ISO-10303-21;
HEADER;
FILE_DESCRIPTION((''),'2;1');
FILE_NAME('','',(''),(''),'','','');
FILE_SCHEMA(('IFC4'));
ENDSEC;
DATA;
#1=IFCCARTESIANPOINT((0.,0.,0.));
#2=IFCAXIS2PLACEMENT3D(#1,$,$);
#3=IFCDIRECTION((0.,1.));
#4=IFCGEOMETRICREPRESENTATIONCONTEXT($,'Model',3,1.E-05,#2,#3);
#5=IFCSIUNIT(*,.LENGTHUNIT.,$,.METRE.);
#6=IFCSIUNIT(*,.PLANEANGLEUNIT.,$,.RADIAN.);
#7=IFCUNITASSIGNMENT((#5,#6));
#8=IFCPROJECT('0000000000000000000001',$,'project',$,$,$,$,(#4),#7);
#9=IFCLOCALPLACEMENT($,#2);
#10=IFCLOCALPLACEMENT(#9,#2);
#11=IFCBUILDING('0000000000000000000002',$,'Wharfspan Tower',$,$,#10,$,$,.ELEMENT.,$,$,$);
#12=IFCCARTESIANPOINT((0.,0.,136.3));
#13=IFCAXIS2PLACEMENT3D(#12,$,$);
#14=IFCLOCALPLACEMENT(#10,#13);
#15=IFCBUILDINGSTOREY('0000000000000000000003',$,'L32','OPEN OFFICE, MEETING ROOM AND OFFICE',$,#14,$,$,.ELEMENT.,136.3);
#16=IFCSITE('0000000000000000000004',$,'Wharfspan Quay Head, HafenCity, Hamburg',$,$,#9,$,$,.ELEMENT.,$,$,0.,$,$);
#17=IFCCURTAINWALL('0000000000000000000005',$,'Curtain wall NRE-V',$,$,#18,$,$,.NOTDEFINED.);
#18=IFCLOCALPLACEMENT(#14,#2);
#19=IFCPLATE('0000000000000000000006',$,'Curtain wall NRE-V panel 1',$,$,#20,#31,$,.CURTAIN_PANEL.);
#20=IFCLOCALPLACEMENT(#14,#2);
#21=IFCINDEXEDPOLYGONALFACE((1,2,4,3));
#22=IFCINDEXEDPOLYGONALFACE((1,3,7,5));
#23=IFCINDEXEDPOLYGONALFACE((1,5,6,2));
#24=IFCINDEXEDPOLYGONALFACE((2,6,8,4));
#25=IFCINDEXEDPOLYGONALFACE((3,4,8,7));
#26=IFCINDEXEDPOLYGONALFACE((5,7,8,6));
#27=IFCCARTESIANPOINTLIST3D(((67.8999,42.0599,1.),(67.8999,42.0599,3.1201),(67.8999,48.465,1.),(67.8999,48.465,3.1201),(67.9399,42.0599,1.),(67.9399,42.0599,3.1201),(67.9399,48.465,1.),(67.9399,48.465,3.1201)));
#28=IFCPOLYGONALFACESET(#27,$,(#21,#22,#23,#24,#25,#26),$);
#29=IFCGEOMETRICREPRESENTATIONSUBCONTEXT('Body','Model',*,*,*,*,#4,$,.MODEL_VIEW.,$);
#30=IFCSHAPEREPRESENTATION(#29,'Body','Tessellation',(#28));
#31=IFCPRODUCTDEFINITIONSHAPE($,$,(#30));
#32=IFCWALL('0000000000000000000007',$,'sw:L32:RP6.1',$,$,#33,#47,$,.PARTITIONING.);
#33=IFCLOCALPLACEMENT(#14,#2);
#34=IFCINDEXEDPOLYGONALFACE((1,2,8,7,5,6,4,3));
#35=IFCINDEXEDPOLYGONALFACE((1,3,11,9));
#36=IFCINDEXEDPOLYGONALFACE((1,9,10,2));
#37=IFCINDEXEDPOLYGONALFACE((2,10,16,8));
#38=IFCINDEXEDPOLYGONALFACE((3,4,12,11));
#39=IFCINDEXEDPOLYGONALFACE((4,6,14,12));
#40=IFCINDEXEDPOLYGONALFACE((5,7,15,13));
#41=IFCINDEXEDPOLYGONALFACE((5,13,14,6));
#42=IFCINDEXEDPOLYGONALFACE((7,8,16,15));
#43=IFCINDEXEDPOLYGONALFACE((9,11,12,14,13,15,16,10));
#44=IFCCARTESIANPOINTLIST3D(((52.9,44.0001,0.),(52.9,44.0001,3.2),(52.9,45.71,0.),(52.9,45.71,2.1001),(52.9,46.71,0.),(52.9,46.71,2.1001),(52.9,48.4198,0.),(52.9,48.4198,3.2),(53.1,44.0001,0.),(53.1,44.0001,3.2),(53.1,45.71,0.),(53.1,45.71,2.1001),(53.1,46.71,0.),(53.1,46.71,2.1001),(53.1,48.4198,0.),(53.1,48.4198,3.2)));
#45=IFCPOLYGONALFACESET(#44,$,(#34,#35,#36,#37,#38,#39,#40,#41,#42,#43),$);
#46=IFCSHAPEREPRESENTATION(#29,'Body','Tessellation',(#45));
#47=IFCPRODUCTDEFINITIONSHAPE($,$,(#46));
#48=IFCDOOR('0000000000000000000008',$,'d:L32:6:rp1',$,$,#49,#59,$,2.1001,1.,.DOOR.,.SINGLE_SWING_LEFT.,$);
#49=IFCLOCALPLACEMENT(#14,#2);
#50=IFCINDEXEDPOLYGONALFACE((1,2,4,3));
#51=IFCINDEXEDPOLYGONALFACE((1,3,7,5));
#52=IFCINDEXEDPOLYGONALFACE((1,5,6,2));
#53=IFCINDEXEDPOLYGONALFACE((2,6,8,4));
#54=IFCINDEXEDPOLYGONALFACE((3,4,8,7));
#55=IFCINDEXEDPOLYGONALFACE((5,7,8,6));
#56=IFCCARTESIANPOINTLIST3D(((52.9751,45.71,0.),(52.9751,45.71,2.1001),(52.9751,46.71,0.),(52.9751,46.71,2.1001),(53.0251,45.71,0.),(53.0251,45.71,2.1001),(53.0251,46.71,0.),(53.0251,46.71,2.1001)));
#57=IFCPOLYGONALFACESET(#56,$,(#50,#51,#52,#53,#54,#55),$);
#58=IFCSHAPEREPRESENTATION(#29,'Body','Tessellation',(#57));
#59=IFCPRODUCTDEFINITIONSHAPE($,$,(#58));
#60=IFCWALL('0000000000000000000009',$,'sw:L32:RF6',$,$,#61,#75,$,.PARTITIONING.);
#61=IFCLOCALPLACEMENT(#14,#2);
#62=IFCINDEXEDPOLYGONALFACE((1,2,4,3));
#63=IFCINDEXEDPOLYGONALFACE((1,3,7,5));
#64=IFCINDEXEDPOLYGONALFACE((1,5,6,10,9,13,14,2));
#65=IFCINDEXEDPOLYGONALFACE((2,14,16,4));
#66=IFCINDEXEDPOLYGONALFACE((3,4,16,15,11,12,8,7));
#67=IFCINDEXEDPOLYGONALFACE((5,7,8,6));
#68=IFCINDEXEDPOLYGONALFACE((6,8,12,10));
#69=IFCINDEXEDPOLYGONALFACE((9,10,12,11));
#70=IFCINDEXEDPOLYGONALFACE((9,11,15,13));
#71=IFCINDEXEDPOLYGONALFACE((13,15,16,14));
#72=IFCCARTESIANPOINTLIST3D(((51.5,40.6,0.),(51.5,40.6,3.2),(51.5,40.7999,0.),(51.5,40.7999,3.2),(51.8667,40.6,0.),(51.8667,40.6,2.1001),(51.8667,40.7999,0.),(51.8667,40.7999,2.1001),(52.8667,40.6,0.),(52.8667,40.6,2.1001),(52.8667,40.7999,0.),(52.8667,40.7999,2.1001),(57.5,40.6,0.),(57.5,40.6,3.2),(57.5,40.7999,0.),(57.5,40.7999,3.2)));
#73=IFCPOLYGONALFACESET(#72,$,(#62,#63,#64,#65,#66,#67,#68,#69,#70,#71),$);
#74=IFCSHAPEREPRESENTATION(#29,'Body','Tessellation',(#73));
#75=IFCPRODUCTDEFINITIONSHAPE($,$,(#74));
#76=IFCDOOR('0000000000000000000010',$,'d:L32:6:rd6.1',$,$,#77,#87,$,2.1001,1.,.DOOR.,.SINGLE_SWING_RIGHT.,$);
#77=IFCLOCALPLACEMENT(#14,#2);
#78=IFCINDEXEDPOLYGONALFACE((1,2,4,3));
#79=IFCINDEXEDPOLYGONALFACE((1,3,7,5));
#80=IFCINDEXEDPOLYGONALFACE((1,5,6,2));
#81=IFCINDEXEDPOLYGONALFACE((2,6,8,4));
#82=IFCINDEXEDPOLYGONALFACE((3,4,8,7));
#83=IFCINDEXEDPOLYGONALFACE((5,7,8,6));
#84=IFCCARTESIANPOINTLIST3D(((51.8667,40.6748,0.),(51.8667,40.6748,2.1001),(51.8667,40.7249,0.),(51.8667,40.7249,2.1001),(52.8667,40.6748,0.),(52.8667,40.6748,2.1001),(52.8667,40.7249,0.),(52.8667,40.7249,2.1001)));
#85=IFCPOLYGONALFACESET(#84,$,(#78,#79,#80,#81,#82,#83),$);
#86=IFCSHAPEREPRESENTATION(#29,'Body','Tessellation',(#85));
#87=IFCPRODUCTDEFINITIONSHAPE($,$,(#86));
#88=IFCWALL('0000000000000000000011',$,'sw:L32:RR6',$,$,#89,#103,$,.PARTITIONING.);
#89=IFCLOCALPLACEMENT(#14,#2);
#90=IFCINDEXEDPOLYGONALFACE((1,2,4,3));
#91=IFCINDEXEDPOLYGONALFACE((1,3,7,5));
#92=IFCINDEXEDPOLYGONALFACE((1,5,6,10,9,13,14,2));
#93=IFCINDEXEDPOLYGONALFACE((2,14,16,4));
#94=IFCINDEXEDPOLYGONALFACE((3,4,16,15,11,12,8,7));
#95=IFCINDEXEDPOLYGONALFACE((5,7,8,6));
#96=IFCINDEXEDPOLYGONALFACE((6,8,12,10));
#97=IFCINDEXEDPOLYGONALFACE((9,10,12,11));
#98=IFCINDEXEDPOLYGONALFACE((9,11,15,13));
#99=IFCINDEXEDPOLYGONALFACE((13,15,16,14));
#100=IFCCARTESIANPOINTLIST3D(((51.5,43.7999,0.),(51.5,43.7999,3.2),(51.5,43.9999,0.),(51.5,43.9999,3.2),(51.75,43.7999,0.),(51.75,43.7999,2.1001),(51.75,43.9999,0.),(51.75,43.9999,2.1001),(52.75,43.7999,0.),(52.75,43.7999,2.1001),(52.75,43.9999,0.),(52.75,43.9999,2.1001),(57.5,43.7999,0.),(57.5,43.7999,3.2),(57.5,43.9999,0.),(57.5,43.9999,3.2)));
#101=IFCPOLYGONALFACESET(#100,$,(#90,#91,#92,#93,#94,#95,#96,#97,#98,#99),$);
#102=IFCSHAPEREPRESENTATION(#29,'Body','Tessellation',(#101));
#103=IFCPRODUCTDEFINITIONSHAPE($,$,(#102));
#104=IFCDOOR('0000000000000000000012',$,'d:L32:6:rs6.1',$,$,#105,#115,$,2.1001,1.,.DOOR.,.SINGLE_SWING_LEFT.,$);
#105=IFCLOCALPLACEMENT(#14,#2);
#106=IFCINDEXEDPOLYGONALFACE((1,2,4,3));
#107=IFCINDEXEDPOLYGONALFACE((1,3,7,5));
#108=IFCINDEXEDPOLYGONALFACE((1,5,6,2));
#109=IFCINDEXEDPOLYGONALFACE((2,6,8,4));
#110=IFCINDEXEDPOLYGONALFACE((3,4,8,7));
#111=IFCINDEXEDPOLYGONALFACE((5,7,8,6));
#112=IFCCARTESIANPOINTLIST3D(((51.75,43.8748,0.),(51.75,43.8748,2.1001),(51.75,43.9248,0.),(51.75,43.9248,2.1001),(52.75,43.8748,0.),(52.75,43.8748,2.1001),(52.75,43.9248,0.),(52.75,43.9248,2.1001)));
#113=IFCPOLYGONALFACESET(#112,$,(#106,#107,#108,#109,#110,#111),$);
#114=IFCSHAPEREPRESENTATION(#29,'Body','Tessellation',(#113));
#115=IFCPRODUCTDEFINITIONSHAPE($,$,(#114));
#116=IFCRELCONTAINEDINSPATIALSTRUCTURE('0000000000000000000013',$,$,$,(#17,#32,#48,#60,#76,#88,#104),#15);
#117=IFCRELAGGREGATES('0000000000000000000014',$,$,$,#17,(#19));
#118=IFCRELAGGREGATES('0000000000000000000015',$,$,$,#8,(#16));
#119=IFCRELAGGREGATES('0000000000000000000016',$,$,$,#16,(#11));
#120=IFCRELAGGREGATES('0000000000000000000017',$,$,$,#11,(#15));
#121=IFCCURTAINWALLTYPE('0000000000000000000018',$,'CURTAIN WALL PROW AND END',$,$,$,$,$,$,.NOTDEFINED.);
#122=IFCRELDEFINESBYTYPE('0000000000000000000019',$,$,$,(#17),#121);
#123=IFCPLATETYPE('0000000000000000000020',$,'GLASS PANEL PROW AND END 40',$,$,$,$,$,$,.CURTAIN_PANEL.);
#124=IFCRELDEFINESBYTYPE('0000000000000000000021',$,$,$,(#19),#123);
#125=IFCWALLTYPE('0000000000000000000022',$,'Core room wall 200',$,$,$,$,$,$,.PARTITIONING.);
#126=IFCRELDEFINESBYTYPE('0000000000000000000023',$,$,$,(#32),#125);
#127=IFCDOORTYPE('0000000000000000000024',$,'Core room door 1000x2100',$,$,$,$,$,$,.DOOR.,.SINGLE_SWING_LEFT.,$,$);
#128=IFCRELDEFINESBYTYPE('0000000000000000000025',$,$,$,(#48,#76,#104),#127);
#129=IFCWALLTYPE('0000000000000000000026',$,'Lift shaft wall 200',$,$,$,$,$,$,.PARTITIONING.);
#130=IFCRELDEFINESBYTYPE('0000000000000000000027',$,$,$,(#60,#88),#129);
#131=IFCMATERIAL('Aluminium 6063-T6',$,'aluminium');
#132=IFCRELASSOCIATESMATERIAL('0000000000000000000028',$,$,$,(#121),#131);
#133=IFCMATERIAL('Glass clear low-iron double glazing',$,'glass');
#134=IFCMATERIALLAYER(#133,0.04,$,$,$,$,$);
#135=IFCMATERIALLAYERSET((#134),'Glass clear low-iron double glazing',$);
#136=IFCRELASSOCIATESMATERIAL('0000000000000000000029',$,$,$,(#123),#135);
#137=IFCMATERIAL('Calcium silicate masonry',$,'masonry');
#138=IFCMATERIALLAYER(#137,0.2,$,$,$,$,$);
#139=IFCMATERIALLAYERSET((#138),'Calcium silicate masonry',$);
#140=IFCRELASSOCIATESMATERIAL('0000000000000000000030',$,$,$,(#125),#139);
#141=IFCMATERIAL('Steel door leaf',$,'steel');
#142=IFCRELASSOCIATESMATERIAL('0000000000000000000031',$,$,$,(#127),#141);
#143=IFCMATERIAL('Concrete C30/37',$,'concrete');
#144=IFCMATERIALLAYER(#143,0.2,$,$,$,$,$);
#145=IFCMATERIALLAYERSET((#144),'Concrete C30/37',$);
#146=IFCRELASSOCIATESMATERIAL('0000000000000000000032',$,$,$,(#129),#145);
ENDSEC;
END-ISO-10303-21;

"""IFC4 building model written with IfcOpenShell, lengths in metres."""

from ifc_helpers import new_model, si_unit, direction, frame, frame_2d, origin, origin_2d, place, context, subcontext, project, spatial, rectangle, extrude, material, layer, layer_set, type_object, element, fill, aggregate, save


model = new_model("IFC4")

# Units and contexts
model_context = context("Model", 3, precision=1e-05, world=origin(), true_north=direction((0.0, 1.0)))
body_context = subcontext(model_context, "Body", "Model", "MODEL_VIEW")
ifc_project = project(units=[si_unit("LENGTHUNIT", "METRE"), si_unit("PLANEANGLEUNIT", "RADIAN")], contexts=[model_context])

# Site, building, storey
site_placement = place(None, origin())
site = spatial("IfcSite", under=ifc_project, at=site_placement, Name="Wharfspan Quay Head, HafenCity, Hamburg", CompositionType="ELEMENT", RefElevation=0.0)
building_placement = place(site_placement, origin())
building = spatial("IfcBuilding", under=site, at=building_placement, Name="Wharfspan Tower", CompositionType="ELEMENT")
storey_placement = place(building_placement, frame((0.0, 0.0, 136.3)))
storey = spatial("IfcBuildingStorey", under=building, at=storey_placement, Name="L32", Description="OPEN OFFICE, MEETING ROOM AND OFFICE", CompositionType="ELEMENT", Elevation=136.3)

# Shared definitions
ifc_material_1 = material(Name="Aluminium 6063-T6", Category="aluminium")
curtain_wall_type = type_object("IfcCurtainWallType", Name="CURTAIN WALL PROW AND END", PredefinedType="NOTDEFINED", material=ifc_material_1)

# Curtain wall
curtain_wall_1_placement = place(storey_placement, origin())
curtain_wall_1 = element("IfcCurtainWall", 1, at=curtain_wall_1_placement, inside=storey, type_object=curtain_wall_type, Name="Curtain wall NRE-V", PredefinedType="NOTDEFINED")

# Plate
ifc_material_2 = material(Name="Glass clear low-iron double glazing", Category="glass")
ifc_layer_1 = layer(ifc_material_2, 0.04)
ifc_layer_set_1 = layer_set([ifc_layer_1], Name="Glass clear low-iron double glazing")
plate_type = type_object("IfcPlateType", Name="GLASS PANEL PROW AND END 40", PredefinedType="CURTAIN_PANEL", material=ifc_layer_set_1)
plate_placement = place(storey_placement, frame((67.9199, 45.2625, 1.0), z_axis=(0.0, 0.0, 1.0), x_axis=(0.0, 1.0, 0.0)))
plate = element("IfcPlate", 2, at=plate_placement, type_object=plate_type, Name="Curtain wall NRE-V panel 1", PredefinedType="CURTAIN_PANEL", context=body_context, shape_type="SweptSolid", body=[
    extrude(rectangle(XDim=6.405, YDim=0.04, at=origin_2d()), origin(), (0.0, 0.0, 1.0), 2.1201),
])
aggregate(curtain_wall_1, [plate])

# Walls, openings, doors
ifc_material_3 = material(Name="Calcium silicate masonry", Category="masonry")
ifc_layer_2 = layer(ifc_material_3, 0.2)
ifc_layer_set_2 = layer_set([ifc_layer_2], Name="Calcium silicate masonry")
wall_type_1 = type_object("IfcWallType", Name="Core room wall 200", PredefinedType="PARTITIONING", material=ifc_layer_set_2)
wall_1_placement = place(storey_placement, frame((53.0, 44.0, 0.0), z_axis=(0.0, 0.0, 1.0), x_axis=(0.0, 1.0, 0.0)))
wall_1 = element("IfcWall", 3, at=wall_1_placement, inside=storey, type_object=wall_type_1, Name="sw:L32:RP6.1", PredefinedType="PARTITIONING", context=body_context, shape_type="SweptSolid", body=[
    extrude(rectangle(XDim=4.4197, YDim=0.2, at=frame_2d((2.21, 0.0))), origin(), (0.0, 0.0, 1.0), 3.2),
])
opening_1_placement = place(wall_1_placement, frame((1.71, 0.0, 0.0)))
opening_1 = element("IfcOpeningElement", 4, at=opening_1_placement, cuts=wall_1, PredefinedType="OPENING", context=body_context, shape_type="SweptSolid", body=[
    extrude(rectangle(XDim=1.0, YDim=2.1001, at=frame_2d((0.5, 1.05))), frame((0.0, 0.1099, 0.0), z_axis=(0.0, -1.0, 0.0), x_axis=(1.0, 0.0, 0.0)), (0.0, 0.0, 1.0), 0.22),
])
ifc_material_4 = material(Name="Steel door leaf", Category="steel")
door_type_1 = type_object("IfcDoorType", Name="Core room door 1000x2100", OperationType="SINGLE_SWING_LEFT", PredefinedType="DOOR", material=ifc_material_4)
door_1_placement = place(opening_1_placement, origin())
door_1 = element("IfcDoor", 5, at=door_1_placement, inside=storey, type_object=door_type_1, Name="d:L32:6:rp1", OperationType="SINGLE_SWING_LEFT", OverallHeight=2.1001, OverallWidth=1.0, PredefinedType="DOOR", context=body_context, shape_type="SweptSolid", body=[
    extrude(rectangle(XDim=1.0, YDim=2.1001, at=frame_2d((0.5, 1.05))), frame((0.0, 0.0249, 0.0), z_axis=(0.0, -1.0, 0.0), x_axis=(1.0, 0.0, 0.0)), (0.0, 0.0, 1.0), 0.05),
])
fill(opening_1, door_1)
ifc_material_5 = material(Name="Concrete C30/37", Category="concrete")
ifc_layer_3 = layer(ifc_material_5, 0.2)
ifc_layer_set_3 = layer_set([ifc_layer_3], Name="Concrete C30/37")
wall_type_2 = type_object("IfcWallType", Name="Lift shaft wall 200", PredefinedType="PARTITIONING", material=ifc_layer_set_3)
wall_2_placement = place(storey_placement, frame((51.5, 40.7, 0.0), z_axis=(0.0, 0.0, 1.0), x_axis=(1.0, 0.0, 0.0)))
wall_2 = element("IfcWall", 6, at=wall_2_placement, inside=storey, type_object=wall_type_2, Name="sw:L32:RF6", PredefinedType="PARTITIONING", context=body_context, shape_type="SweptSolid", body=[
    extrude(rectangle(XDim=6.0, YDim=0.2, at=frame_2d((3.0, 0.0))), origin(), (0.0, 0.0, 1.0), 3.2),
])
opening_2_placement = place(wall_2_placement, frame((0.3667, 0.0, 0.0)))
opening_2 = element("IfcOpeningElement", 7, at=opening_2_placement, cuts=wall_2, PredefinedType="OPENING", context=body_context, shape_type="SweptSolid", body=[
    extrude(rectangle(XDim=1.0, YDim=2.1001, at=frame_2d((0.5, 1.05))), frame((0.0, 0.1099, 0.0), z_axis=(0.0, -1.0, 0.0), x_axis=(1.0, 0.0, 0.0)), (0.0, 0.0, 1.0), 0.22),
])
door_2_placement = place(opening_2_placement, origin())
door_2 = element("IfcDoor", 8, at=door_2_placement, inside=storey, type_object=door_type_1, Name="d:L32:6:rd6.1", OperationType="SINGLE_SWING_RIGHT", OverallHeight=2.1001, OverallWidth=1.0, PredefinedType="DOOR", context=body_context, shape_type="SweptSolid", body=[
    extrude(rectangle(XDim=1.0, YDim=2.1001, at=frame_2d((0.5, 1.05))), frame((0.0, 0.0249, 0.0), z_axis=(0.0, -1.0, 0.0), x_axis=(1.0, 0.0, 0.0)), (0.0, 0.0, 1.0), 0.05),
])
fill(opening_2, door_2)
wall_3_placement = place(storey_placement, frame((51.5, 43.8999, 0.0), z_axis=(0.0, 0.0, 1.0), x_axis=(1.0, 0.0, 0.0)))
wall_3 = element("IfcWall", 9, at=wall_3_placement, inside=storey, type_object=wall_type_2, Name="sw:L32:RR6", PredefinedType="PARTITIONING", context=body_context, shape_type="SweptSolid", body=[
    extrude(rectangle(XDim=6.0, YDim=0.2, at=frame_2d((3.0, 0.0))), origin(), (0.0, 0.0, 1.0), 3.2),
])
opening_3_placement = place(wall_3_placement, frame((0.25, 0.0, 0.0)))
opening_3 = element("IfcOpeningElement", 10, at=opening_3_placement, cuts=wall_3, PredefinedType="OPENING", context=body_context, shape_type="SweptSolid", body=[
    extrude(rectangle(XDim=1.0, YDim=2.1001, at=frame_2d((0.5, 1.05))), frame((0.0, 0.1099, 0.0), z_axis=(0.0, -1.0, 0.0), x_axis=(1.0, 0.0, 0.0)), (0.0, 0.0, 1.0), 0.22),
])
door_3_placement = place(opening_3_placement, origin())
door_3 = element("IfcDoor", 11, at=door_3_placement, inside=storey, type_object=door_type_1, Name="d:L32:6:rs6.1", OperationType="SINGLE_SWING_LEFT", OverallHeight=2.1001, OverallWidth=1.0, PredefinedType="DOOR", context=body_context, shape_type="SweptSolid", body=[
    extrude(rectangle(XDim=1.0, YDim=2.1001, at=frame_2d((0.5, 1.05))), frame((0.0, 0.0249, 0.0), z_axis=(0.0, -1.0, 0.0), x_axis=(1.0, 0.0, 0.0)), (0.0, 0.0, 1.0), 0.05),
])
fill(opening_3, door_3)

save(model, "model.ifc")
